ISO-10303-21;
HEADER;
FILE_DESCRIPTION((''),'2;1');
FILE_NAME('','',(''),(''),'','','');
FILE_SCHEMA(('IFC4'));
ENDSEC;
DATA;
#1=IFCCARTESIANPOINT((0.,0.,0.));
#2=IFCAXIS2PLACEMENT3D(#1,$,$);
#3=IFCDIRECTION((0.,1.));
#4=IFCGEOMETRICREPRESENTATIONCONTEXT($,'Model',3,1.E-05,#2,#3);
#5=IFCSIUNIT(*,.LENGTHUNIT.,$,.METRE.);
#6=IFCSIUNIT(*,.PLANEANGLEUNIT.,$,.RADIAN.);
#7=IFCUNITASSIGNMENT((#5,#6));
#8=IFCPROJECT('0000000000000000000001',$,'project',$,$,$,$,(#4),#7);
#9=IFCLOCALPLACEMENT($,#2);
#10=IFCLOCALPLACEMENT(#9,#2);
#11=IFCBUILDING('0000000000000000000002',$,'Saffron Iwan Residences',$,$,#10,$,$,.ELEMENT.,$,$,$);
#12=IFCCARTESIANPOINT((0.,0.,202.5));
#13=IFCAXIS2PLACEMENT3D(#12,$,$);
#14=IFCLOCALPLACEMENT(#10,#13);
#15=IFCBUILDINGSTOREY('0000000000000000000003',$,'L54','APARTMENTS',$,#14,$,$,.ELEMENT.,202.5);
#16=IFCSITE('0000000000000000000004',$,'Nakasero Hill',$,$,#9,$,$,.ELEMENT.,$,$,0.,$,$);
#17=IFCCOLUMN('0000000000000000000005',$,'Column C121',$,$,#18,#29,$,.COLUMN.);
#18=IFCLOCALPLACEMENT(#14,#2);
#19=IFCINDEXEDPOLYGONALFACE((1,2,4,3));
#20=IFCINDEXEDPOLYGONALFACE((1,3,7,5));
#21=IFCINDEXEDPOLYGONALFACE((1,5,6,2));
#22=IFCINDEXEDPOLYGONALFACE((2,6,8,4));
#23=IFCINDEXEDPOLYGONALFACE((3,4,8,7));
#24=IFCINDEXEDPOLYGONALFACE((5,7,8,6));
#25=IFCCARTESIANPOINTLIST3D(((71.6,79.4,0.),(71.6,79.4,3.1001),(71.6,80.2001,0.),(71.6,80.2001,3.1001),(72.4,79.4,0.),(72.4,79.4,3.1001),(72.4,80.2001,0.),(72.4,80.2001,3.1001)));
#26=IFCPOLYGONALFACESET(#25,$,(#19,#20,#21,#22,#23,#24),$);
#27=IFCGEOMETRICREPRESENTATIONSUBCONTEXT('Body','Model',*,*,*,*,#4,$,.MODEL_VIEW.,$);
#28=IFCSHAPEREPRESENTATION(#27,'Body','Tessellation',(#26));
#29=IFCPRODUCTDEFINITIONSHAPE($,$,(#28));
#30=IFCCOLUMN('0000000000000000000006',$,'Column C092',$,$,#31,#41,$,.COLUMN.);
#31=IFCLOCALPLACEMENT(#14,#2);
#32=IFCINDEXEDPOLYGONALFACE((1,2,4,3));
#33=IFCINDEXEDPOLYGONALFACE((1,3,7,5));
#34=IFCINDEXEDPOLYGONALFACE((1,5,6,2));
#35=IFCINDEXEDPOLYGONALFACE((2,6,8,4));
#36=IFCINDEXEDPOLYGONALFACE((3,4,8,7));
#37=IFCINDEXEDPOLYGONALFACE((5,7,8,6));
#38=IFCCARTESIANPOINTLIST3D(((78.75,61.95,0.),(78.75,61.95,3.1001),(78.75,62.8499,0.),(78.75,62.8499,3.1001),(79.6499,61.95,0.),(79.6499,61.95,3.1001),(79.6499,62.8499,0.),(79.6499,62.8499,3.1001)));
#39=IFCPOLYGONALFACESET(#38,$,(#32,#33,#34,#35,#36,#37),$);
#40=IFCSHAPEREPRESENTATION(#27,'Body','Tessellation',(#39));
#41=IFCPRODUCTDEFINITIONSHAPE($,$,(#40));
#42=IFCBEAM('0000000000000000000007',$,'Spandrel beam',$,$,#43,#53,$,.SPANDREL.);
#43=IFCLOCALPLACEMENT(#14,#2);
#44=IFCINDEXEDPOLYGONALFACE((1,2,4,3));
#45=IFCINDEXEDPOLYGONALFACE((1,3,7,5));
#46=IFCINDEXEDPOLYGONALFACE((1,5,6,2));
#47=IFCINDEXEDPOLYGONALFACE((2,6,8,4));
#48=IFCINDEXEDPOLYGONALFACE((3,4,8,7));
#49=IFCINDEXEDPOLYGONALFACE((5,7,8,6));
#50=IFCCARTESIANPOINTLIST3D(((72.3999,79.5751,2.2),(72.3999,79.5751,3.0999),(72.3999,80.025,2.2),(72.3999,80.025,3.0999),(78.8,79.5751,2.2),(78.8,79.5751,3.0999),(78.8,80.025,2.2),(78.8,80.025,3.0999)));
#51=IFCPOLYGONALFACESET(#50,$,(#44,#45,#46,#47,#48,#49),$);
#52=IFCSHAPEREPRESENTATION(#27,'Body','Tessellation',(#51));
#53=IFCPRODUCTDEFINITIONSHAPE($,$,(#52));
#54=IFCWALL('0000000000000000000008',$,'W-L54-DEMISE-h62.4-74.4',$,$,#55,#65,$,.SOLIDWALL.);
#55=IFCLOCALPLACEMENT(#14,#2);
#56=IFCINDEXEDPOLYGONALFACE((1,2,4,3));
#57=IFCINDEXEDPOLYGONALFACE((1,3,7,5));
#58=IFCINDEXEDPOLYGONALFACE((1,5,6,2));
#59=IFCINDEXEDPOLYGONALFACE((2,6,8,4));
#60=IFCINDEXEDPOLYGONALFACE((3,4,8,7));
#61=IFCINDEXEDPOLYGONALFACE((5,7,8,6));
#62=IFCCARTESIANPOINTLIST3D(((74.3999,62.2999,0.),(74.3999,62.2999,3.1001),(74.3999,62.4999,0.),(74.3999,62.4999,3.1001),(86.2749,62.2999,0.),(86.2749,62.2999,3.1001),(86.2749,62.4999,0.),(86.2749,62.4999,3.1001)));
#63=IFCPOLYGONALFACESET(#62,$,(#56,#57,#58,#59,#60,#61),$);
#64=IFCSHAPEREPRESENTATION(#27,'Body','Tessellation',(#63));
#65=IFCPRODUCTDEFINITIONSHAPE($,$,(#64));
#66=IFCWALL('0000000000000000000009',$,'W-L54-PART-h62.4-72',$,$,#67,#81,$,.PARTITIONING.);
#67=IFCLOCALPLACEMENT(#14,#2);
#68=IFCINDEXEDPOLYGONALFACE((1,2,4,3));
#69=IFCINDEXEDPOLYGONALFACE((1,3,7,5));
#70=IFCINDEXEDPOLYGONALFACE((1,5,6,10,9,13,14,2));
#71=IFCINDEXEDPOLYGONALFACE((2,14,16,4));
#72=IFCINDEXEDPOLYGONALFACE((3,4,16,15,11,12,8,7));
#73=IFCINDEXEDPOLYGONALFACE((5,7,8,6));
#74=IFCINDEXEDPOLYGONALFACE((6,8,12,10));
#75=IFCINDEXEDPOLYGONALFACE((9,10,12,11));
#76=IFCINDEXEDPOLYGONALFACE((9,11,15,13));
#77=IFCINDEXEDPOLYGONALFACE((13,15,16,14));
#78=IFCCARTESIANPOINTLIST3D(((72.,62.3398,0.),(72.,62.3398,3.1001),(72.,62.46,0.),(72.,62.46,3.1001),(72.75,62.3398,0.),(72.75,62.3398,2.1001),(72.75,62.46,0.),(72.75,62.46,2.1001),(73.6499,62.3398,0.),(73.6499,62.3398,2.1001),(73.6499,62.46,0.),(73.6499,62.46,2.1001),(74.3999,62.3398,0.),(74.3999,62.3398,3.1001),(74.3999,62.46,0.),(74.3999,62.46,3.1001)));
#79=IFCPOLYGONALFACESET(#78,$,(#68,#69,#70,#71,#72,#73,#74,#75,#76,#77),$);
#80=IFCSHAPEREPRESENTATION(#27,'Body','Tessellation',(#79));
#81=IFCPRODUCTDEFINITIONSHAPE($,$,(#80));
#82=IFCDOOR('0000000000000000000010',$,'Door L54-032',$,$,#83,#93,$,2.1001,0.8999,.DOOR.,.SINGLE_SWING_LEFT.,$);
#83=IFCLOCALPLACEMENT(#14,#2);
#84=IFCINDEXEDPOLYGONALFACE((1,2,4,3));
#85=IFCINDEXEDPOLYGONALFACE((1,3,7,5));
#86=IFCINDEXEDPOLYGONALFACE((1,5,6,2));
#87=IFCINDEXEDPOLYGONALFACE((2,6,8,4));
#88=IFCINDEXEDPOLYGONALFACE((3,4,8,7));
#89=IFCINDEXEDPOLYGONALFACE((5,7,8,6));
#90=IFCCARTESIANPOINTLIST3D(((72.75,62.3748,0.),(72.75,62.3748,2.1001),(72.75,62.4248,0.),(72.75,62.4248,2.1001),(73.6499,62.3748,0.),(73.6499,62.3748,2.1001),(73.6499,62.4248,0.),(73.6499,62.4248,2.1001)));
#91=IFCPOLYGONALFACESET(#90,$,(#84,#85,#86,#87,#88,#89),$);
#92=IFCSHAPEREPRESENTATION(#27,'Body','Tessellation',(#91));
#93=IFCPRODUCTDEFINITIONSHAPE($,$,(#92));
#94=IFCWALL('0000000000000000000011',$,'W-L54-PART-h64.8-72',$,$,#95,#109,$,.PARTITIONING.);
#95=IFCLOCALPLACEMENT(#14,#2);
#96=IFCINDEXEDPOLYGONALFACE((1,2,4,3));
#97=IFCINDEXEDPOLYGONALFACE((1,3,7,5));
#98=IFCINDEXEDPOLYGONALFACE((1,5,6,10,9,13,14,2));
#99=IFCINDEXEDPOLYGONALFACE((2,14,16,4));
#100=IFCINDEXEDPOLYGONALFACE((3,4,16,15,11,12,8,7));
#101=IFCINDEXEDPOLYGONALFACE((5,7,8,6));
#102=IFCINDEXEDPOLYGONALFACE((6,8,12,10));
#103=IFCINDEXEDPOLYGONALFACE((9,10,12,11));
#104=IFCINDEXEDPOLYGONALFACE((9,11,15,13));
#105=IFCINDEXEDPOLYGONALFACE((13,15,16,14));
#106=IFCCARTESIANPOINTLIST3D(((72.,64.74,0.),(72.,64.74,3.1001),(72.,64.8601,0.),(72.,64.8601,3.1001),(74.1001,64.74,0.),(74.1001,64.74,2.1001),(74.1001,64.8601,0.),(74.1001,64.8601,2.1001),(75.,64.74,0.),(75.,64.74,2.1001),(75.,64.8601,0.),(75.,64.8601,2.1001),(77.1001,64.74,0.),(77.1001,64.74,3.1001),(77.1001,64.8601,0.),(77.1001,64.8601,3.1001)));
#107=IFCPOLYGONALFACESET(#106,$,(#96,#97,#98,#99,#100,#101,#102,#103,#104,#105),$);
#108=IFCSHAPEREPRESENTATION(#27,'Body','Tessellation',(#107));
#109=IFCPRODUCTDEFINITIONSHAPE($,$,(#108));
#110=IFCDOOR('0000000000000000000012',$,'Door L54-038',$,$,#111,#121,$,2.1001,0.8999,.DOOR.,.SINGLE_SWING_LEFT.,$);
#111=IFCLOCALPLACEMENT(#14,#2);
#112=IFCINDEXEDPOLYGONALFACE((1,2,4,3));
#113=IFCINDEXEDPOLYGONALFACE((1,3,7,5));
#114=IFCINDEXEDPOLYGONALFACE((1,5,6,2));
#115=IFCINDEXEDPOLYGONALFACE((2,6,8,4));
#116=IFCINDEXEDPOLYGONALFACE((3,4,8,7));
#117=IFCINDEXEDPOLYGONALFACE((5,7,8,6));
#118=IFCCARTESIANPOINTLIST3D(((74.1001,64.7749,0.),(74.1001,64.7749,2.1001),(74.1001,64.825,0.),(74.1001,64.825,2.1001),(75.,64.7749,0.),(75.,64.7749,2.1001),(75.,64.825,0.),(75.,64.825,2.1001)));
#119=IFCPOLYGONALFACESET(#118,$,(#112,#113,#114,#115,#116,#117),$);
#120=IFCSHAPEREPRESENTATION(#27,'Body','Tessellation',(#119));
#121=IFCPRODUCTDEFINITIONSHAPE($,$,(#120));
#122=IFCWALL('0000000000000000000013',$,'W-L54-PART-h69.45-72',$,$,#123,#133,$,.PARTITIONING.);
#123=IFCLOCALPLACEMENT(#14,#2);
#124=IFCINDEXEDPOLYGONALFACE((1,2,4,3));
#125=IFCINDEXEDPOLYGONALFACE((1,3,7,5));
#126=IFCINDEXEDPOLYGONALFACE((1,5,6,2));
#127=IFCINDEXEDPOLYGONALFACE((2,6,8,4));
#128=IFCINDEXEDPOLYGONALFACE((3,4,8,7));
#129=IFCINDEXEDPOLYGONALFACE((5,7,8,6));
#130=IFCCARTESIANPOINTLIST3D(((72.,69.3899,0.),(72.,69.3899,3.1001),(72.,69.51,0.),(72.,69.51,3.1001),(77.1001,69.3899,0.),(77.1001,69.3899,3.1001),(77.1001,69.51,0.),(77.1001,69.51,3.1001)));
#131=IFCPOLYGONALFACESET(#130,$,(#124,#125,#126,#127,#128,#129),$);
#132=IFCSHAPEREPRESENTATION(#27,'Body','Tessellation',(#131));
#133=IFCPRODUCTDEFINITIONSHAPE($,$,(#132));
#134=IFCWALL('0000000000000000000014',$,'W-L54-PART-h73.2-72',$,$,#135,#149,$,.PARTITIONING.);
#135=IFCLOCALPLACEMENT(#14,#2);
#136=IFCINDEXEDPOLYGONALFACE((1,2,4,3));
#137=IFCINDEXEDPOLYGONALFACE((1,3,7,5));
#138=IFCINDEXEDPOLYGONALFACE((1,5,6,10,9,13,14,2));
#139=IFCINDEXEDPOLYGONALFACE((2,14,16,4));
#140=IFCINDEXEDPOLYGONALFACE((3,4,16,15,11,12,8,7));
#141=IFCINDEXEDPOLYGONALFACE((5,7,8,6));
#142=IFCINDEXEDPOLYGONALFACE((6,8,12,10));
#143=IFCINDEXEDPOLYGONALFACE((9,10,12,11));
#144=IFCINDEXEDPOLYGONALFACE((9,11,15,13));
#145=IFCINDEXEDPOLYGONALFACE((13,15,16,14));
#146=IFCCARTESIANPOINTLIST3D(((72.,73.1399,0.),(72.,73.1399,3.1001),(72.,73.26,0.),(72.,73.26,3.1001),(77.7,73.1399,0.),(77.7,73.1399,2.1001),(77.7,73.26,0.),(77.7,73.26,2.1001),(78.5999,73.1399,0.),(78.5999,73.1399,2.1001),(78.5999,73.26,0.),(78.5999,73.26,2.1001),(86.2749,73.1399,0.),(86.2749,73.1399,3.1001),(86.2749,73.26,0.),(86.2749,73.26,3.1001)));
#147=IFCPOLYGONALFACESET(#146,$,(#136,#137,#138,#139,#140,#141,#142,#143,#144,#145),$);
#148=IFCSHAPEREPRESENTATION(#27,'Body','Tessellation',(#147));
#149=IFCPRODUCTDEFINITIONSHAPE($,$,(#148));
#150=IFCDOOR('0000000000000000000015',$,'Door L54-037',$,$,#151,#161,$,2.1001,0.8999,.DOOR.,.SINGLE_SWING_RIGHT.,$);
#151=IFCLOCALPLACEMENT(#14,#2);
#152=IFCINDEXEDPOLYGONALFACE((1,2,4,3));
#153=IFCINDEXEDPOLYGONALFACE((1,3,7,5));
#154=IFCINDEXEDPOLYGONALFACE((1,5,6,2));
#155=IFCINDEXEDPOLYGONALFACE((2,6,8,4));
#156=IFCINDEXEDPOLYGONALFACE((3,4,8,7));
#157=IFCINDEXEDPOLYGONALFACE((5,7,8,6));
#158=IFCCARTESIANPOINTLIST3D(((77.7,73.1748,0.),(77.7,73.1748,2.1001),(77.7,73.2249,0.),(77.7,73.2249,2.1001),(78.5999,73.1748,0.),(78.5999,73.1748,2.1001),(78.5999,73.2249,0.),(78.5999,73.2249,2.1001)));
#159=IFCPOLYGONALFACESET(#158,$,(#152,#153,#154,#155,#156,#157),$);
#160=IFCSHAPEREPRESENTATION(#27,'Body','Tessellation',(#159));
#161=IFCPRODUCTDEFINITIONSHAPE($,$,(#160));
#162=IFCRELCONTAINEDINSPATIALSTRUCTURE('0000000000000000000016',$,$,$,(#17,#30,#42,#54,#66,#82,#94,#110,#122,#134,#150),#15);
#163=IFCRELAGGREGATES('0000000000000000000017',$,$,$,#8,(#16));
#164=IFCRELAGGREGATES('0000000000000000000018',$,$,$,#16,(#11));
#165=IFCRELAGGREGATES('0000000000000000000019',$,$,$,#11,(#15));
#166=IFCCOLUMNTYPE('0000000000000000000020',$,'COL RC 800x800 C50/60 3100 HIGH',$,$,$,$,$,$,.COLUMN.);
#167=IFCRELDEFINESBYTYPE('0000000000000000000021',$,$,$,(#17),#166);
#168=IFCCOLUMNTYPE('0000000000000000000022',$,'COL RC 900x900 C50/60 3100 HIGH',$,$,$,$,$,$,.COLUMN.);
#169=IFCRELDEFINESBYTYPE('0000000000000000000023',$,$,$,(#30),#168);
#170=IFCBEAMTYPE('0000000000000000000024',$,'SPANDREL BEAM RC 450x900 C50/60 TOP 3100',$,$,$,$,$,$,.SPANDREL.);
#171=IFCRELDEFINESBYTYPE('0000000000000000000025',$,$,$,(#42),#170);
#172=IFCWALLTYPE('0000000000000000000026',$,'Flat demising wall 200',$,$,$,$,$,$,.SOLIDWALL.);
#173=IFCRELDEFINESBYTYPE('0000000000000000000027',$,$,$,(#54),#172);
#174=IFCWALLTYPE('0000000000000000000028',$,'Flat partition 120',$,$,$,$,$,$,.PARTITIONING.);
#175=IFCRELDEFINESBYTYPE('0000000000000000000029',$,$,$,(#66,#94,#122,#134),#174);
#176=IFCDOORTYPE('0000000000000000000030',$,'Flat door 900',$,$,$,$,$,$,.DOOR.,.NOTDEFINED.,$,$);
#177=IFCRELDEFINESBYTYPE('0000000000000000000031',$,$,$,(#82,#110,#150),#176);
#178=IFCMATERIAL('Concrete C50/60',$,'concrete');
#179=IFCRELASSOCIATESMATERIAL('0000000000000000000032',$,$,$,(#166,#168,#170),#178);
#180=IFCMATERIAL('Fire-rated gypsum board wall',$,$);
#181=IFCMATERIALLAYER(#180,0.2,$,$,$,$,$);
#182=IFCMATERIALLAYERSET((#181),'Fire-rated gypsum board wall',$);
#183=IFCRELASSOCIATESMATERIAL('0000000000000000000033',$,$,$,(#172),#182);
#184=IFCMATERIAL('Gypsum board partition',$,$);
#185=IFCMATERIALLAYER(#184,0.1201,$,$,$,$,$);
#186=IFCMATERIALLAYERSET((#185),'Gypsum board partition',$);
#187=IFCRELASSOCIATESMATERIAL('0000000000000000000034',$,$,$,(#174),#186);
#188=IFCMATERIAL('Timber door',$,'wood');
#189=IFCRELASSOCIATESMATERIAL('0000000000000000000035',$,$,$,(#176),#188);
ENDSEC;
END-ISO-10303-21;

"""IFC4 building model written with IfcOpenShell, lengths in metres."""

from ifc_helpers import new_model, si_unit, direction, frame, frame_2d, origin, origin_2d, place, context, subcontext, project, spatial, rectangle, extrude, source, transform, mapped, material, layer, layer_set, material_profile, profile_set, type_object, element, fill, save


model = new_model("IFC4")

# Units and contexts
model_context = context("Model", 3, precision=1e-05, world=origin(), true_north=direction((0.0, 1.0)))
body_context = subcontext(model_context, "Body", "Model", "MODEL_VIEW")
ifc_project = project(units=[si_unit("LENGTHUNIT", "METRE"), si_unit("PLANEANGLEUNIT", "RADIAN")], contexts=[model_context])

# Site, building, storey
site_placement = place(None, origin())
site = spatial("IfcSite", under=ifc_project, at=site_placement, Name="Nakasero Hill", CompositionType="ELEMENT", RefElevation=0.0)
building_placement = place(site_placement, origin())
building = spatial("IfcBuilding", under=site, at=building_placement, Name="Saffron Iwan Residences", CompositionType="ELEMENT")
storey_placement = place(building_placement, frame((0.0, 0.0, 202.5)))
storey = spatial("IfcBuildingStorey", under=building, at=storey_placement, Name="L54", Description="APARTMENTS", CompositionType="ELEMENT", Elevation=202.5)

# Columns
ifc_material_1 = material(Name="Concrete C50/60", Category="concrete")
ifc_material_profile_1 = material_profile(ifc_material_1, rectangle(XDim=0.8, YDim=0.8, at=origin_2d()), Name="RC 800x800")
ifc_profile_set_1 = profile_set([ifc_material_profile_1], Name="Concrete C50/60")
column_type_1 = type_object("IfcColumnType", Name="COL RC 800x800 C50/60 3100 HIGH", PredefinedType="COLUMN", material=ifc_profile_set_1)
shared_shape_1 = source(origin(), body_context, "Body", "SweptSolid", [
    extrude(rectangle(XDim=0.8, YDim=0.8, at=origin_2d()), origin(), (0.0, 0.0, 1.0), 3.1001),
])
column_1_placement = place(storey_placement, frame((72.0, 79.8, 0.0), z_axis=(0.0, 0.0, 1.0), x_axis=(1.0, 0.0, 0.0)))
element("IfcColumn", 1, at=column_1_placement, inside=storey, type_object=column_type_1, Name="Column C121", PredefinedType="COLUMN", context=body_context, shape_type="MappedRepresentation", body=[
    mapped(shared_shape_1, transform((0.0, 0.0, 0.0))),
])
ifc_material_profile_2 = material_profile(ifc_material_1, rectangle(XDim=0.8999, YDim=0.8999, at=origin_2d()), Name="RC 900x900")
ifc_profile_set_2 = profile_set([ifc_material_profile_2], Name="Concrete C50/60")
column_type_2 = type_object("IfcColumnType", Name="COL RC 900x900 C50/60 3100 HIGH", PredefinedType="COLUMN", material=ifc_profile_set_2)
shared_shape_2 = source(origin(), body_context, "Body", "SweptSolid", [
    extrude(rectangle(XDim=0.8999, YDim=0.8999, at=origin_2d()), origin(), (0.0, 0.0, 1.0), 3.1001),
])
column_2_placement = place(storey_placement, frame((79.2, 62.3999, 0.0), z_axis=(0.0, 0.0, 1.0), x_axis=(1.0, 0.0, 0.0)))
element("IfcColumn", 2, at=column_2_placement, inside=storey, type_object=column_type_2, Name="Column C092", PredefinedType="COLUMN", context=body_context, shape_type="MappedRepresentation", body=[
    mapped(shared_shape_2, transform((0.0, 0.0, 0.0))),
])

# Beam
ifc_material_profile_3 = material_profile(ifc_material_1, rectangle(XDim=0.45, YDim=0.8999, at=origin_2d()), Name="RC 450x900")
ifc_profile_set_3 = profile_set([ifc_material_profile_3], Name="Concrete C50/60")
beam_type = type_object("IfcBeamType", Name="SPANDREL BEAM RC 450x900 C50/60 TOP 3100", PredefinedType="SPANDREL", material=ifc_profile_set_3)
shared_shape_3 = source(origin(), body_context, "Body", "SweptSolid", [
    extrude(rectangle(XDim=0.45, YDim=0.8999, at=origin_2d()), origin(), (0.0, 0.0, 1.0), 6.4001),
])
beam_placement = place(storey_placement, frame((72.3999, 79.8, 2.6499), z_axis=(1.0, 0.0, 0.0), x_axis=(0.0, 1.0, 0.0)))
element("IfcBeam", 3, at=beam_placement, inside=storey, type_object=beam_type, Name="Spandrel beam", PredefinedType="SPANDREL", context=body_context, shape_type="MappedRepresentation", body=[
    mapped(shared_shape_3, transform((0.0, 0.0, 0.0))),
])

# Wall
ifc_material_2 = material(Name="Fire-rated gypsum board wall")
ifc_layer_1 = layer(ifc_material_2, 0.2)
ifc_layer_set_1 = layer_set([ifc_layer_1], Name="Fire-rated gypsum board wall")
wall_type_1 = type_object("IfcWallType", Name="Flat demising wall 200", PredefinedType="SOLIDWALL", material=ifc_layer_set_1)
wall_1_placement = place(storey_placement, frame((74.3999, 62.3999, 0.0), z_axis=(0.0, 0.0, 1.0), x_axis=(1.0, 0.0, 0.0)))
element("IfcWall", 4, at=wall_1_placement, inside=storey, type_object=wall_type_1, Name="W-L54-DEMISE-h62.4-74.4", PredefinedType="SOLIDWALL", context=body_context, shape_type="SweptSolid", body=[
    extrude(rectangle(XDim=11.875, YDim=0.2, at=frame_2d((5.9375, 0.0))), origin(), (0.0, 0.0, 1.0), 3.1001),
])

# Walls, openings, doors
ifc_material_3 = material(Name="Gypsum board partition")
ifc_layer_2 = layer(ifc_material_3, 0.1201)
ifc_layer_set_2 = layer_set([ifc_layer_2], Name="Gypsum board partition")
wall_type_2 = type_object("IfcWallType", Name="Flat partition 120", PredefinedType="PARTITIONING", material=ifc_layer_set_2)
wall_2_placement = place(storey_placement, frame((72.0, 62.3999, 0.0), z_axis=(0.0, 0.0, 1.0), x_axis=(1.0, 0.0, 0.0)))
wall_2 = element("IfcWall", 5, at=wall_2_placement, inside=storey, type_object=wall_type_2, Name="W-L54-PART-h62.4-72", PredefinedType="PARTITIONING", context=body_context, shape_type="SweptSolid", body=[
    extrude(rectangle(XDim=2.3999, YDim=0.1201, at=frame_2d((1.2, 0.0))), origin(), (0.0, 0.0, 1.0), 3.1001),
])
opening_1_placement = place(wall_2_placement, frame((0.75, 0.0, 0.0)))
opening_1 = element("IfcOpeningElement", 6, at=opening_1_placement, cuts=wall_2, PredefinedType="OPENING", context=body_context, shape_type="SweptSolid", body=[
    extrude(rectangle(XDim=0.8999, YDim=2.1001, at=frame_2d((0.45, 1.05))), frame((0.0, 0.0701, 0.0), z_axis=(0.0, -1.0, 0.0), x_axis=(1.0, 0.0, 0.0)), (0.0, 0.0, 1.0), 0.1401),
])
ifc_material_4 = material(Name="Timber door", Category="wood")
door_type_1 = type_object("IfcDoorType", Name="Flat door 900", OperationType="NOTDEFINED", PredefinedType="DOOR", material=ifc_material_4)
door_1_placement = place(opening_1_placement, origin())
door_1 = element("IfcDoor", 7, at=door_1_placement, inside=storey, type_object=door_type_1, Name="Door L54-032", OperationType="SINGLE_SWING_LEFT", OverallHeight=2.1001, OverallWidth=0.8999, PredefinedType="DOOR", context=body_context, shape_type="SweptSolid", body=[
    extrude(rectangle(XDim=0.8999, YDim=2.1001, at=frame_2d((0.45, 1.05))), frame((0.0, 0.0249, 0.0), z_axis=(0.0, -1.0, 0.0), x_axis=(1.0, 0.0, 0.0)), (0.0, 0.0, 1.0), 0.05),
])
fill(opening_1, door_1)
wall_3_placement = place(storey_placement, frame((72.0, 64.8, 0.0), z_axis=(0.0, 0.0, 1.0), x_axis=(1.0, 0.0, 0.0)))
wall_3 = element("IfcWall", 8, at=wall_3_placement, inside=storey, type_object=wall_type_2, Name="W-L54-PART-h64.8-72", PredefinedType="PARTITIONING", context=body_context, shape_type="SweptSolid", body=[
    extrude(rectangle(XDim=5.1001, YDim=0.1201, at=frame_2d((2.55, 0.0))), origin(), (0.0, 0.0, 1.0), 3.1001),
])
opening_2_placement = place(wall_3_placement, frame((2.1001, 0.0, 0.0)))
opening_2 = element("IfcOpeningElement", 9, at=opening_2_placement, cuts=wall_3, PredefinedType="OPENING", context=body_context, shape_type="SweptSolid", body=[
    extrude(rectangle(XDim=0.8999, YDim=2.1001, at=frame_2d((0.45, 1.05))), frame((0.0, 0.0701, 0.0), z_axis=(0.0, -1.0, 0.0), x_axis=(1.0, 0.0, 0.0)), (0.0, 0.0, 1.0), 0.1401),
])
door_2_placement = place(opening_2_placement, origin())
door_2 = element("IfcDoor", 10, at=door_2_placement, inside=storey, type_object=door_type_1, Name="Door L54-038", OperationType="SINGLE_SWING_LEFT", OverallHeight=2.1001, OverallWidth=0.8999, PredefinedType="DOOR", context=body_context, shape_type="SweptSolid", body=[
    extrude(rectangle(XDim=0.8999, YDim=2.1001, at=frame_2d((0.45, 1.05))), frame((0.0, 0.0249, 0.0), z_axis=(0.0, -1.0, 0.0), x_axis=(1.0, 0.0, 0.0)), (0.0, 0.0, 1.0), 0.05),
])
fill(opening_2, door_2)

# Wall
wall_4_placement = place(storey_placement, frame((72.0, 69.45, 0.0), z_axis=(0.0, 0.0, 1.0), x_axis=(1.0, 0.0, 0.0)))
element("IfcWall", 11, at=wall_4_placement, inside=storey, type_object=wall_type_2, Name="W-L54-PART-h69.45-72", PredefinedType="PARTITIONING", context=body_context, shape_type="SweptSolid", body=[
    extrude(rectangle(XDim=5.1001, YDim=0.1201, at=frame_2d((2.55, 0.0))), origin(), (0.0, 0.0, 1.0), 3.1001),
])

# Wall, opening, door
wall_5_placement = place(storey_placement, frame((72.0, 73.2, 0.0), z_axis=(0.0, 0.0, 1.0), x_axis=(1.0, 0.0, 0.0)))
wall_5 = element("IfcWall", 12, at=wall_5_placement, inside=storey, type_object=wall_type_2, Name="W-L54-PART-h73.2-72", PredefinedType="PARTITIONING", context=body_context, shape_type="SweptSolid", body=[
    extrude(rectangle(XDim=14.2749, YDim=0.1201, at=frame_2d((7.1375, 0.0))), origin(), (0.0, 0.0, 1.0), 3.1001),
])
opening_3_placement = place(wall_5_placement, frame((5.7, 0.0, 0.0)))
opening_3 = element("IfcOpeningElement", 13, at=opening_3_placement, cuts=wall_5, PredefinedType="OPENING", context=body_context, shape_type="SweptSolid", body=[
    extrude(rectangle(XDim=0.8999, YDim=2.1001, at=frame_2d((0.45, 1.05))), frame((0.0, 0.0701, 0.0), z_axis=(0.0, -1.0, 0.0), x_axis=(1.0, 0.0, 0.0)), (0.0, 0.0, 1.0), 0.1401),
])
door_3_placement = place(opening_3_placement, origin())
door_3 = element("IfcDoor", 14, at=door_3_placement, inside=storey, type_object=door_type_1, Name="Door L54-037", OperationType="SINGLE_SWING_RIGHT", OverallHeight=2.1001, OverallWidth=0.8999, PredefinedType="DOOR", context=body_context, shape_type="SweptSolid", body=[
    extrude(rectangle(XDim=0.8999, YDim=2.1001, at=frame_2d((0.45, 1.05))), frame((0.0, 0.0249, 0.0), z_axis=(0.0, -1.0, 0.0), x_axis=(1.0, 0.0, 0.0)), (0.0, 0.0, 1.0), 0.05),
])
fill(opening_3, door_3)

save(model, "model.ifc")
